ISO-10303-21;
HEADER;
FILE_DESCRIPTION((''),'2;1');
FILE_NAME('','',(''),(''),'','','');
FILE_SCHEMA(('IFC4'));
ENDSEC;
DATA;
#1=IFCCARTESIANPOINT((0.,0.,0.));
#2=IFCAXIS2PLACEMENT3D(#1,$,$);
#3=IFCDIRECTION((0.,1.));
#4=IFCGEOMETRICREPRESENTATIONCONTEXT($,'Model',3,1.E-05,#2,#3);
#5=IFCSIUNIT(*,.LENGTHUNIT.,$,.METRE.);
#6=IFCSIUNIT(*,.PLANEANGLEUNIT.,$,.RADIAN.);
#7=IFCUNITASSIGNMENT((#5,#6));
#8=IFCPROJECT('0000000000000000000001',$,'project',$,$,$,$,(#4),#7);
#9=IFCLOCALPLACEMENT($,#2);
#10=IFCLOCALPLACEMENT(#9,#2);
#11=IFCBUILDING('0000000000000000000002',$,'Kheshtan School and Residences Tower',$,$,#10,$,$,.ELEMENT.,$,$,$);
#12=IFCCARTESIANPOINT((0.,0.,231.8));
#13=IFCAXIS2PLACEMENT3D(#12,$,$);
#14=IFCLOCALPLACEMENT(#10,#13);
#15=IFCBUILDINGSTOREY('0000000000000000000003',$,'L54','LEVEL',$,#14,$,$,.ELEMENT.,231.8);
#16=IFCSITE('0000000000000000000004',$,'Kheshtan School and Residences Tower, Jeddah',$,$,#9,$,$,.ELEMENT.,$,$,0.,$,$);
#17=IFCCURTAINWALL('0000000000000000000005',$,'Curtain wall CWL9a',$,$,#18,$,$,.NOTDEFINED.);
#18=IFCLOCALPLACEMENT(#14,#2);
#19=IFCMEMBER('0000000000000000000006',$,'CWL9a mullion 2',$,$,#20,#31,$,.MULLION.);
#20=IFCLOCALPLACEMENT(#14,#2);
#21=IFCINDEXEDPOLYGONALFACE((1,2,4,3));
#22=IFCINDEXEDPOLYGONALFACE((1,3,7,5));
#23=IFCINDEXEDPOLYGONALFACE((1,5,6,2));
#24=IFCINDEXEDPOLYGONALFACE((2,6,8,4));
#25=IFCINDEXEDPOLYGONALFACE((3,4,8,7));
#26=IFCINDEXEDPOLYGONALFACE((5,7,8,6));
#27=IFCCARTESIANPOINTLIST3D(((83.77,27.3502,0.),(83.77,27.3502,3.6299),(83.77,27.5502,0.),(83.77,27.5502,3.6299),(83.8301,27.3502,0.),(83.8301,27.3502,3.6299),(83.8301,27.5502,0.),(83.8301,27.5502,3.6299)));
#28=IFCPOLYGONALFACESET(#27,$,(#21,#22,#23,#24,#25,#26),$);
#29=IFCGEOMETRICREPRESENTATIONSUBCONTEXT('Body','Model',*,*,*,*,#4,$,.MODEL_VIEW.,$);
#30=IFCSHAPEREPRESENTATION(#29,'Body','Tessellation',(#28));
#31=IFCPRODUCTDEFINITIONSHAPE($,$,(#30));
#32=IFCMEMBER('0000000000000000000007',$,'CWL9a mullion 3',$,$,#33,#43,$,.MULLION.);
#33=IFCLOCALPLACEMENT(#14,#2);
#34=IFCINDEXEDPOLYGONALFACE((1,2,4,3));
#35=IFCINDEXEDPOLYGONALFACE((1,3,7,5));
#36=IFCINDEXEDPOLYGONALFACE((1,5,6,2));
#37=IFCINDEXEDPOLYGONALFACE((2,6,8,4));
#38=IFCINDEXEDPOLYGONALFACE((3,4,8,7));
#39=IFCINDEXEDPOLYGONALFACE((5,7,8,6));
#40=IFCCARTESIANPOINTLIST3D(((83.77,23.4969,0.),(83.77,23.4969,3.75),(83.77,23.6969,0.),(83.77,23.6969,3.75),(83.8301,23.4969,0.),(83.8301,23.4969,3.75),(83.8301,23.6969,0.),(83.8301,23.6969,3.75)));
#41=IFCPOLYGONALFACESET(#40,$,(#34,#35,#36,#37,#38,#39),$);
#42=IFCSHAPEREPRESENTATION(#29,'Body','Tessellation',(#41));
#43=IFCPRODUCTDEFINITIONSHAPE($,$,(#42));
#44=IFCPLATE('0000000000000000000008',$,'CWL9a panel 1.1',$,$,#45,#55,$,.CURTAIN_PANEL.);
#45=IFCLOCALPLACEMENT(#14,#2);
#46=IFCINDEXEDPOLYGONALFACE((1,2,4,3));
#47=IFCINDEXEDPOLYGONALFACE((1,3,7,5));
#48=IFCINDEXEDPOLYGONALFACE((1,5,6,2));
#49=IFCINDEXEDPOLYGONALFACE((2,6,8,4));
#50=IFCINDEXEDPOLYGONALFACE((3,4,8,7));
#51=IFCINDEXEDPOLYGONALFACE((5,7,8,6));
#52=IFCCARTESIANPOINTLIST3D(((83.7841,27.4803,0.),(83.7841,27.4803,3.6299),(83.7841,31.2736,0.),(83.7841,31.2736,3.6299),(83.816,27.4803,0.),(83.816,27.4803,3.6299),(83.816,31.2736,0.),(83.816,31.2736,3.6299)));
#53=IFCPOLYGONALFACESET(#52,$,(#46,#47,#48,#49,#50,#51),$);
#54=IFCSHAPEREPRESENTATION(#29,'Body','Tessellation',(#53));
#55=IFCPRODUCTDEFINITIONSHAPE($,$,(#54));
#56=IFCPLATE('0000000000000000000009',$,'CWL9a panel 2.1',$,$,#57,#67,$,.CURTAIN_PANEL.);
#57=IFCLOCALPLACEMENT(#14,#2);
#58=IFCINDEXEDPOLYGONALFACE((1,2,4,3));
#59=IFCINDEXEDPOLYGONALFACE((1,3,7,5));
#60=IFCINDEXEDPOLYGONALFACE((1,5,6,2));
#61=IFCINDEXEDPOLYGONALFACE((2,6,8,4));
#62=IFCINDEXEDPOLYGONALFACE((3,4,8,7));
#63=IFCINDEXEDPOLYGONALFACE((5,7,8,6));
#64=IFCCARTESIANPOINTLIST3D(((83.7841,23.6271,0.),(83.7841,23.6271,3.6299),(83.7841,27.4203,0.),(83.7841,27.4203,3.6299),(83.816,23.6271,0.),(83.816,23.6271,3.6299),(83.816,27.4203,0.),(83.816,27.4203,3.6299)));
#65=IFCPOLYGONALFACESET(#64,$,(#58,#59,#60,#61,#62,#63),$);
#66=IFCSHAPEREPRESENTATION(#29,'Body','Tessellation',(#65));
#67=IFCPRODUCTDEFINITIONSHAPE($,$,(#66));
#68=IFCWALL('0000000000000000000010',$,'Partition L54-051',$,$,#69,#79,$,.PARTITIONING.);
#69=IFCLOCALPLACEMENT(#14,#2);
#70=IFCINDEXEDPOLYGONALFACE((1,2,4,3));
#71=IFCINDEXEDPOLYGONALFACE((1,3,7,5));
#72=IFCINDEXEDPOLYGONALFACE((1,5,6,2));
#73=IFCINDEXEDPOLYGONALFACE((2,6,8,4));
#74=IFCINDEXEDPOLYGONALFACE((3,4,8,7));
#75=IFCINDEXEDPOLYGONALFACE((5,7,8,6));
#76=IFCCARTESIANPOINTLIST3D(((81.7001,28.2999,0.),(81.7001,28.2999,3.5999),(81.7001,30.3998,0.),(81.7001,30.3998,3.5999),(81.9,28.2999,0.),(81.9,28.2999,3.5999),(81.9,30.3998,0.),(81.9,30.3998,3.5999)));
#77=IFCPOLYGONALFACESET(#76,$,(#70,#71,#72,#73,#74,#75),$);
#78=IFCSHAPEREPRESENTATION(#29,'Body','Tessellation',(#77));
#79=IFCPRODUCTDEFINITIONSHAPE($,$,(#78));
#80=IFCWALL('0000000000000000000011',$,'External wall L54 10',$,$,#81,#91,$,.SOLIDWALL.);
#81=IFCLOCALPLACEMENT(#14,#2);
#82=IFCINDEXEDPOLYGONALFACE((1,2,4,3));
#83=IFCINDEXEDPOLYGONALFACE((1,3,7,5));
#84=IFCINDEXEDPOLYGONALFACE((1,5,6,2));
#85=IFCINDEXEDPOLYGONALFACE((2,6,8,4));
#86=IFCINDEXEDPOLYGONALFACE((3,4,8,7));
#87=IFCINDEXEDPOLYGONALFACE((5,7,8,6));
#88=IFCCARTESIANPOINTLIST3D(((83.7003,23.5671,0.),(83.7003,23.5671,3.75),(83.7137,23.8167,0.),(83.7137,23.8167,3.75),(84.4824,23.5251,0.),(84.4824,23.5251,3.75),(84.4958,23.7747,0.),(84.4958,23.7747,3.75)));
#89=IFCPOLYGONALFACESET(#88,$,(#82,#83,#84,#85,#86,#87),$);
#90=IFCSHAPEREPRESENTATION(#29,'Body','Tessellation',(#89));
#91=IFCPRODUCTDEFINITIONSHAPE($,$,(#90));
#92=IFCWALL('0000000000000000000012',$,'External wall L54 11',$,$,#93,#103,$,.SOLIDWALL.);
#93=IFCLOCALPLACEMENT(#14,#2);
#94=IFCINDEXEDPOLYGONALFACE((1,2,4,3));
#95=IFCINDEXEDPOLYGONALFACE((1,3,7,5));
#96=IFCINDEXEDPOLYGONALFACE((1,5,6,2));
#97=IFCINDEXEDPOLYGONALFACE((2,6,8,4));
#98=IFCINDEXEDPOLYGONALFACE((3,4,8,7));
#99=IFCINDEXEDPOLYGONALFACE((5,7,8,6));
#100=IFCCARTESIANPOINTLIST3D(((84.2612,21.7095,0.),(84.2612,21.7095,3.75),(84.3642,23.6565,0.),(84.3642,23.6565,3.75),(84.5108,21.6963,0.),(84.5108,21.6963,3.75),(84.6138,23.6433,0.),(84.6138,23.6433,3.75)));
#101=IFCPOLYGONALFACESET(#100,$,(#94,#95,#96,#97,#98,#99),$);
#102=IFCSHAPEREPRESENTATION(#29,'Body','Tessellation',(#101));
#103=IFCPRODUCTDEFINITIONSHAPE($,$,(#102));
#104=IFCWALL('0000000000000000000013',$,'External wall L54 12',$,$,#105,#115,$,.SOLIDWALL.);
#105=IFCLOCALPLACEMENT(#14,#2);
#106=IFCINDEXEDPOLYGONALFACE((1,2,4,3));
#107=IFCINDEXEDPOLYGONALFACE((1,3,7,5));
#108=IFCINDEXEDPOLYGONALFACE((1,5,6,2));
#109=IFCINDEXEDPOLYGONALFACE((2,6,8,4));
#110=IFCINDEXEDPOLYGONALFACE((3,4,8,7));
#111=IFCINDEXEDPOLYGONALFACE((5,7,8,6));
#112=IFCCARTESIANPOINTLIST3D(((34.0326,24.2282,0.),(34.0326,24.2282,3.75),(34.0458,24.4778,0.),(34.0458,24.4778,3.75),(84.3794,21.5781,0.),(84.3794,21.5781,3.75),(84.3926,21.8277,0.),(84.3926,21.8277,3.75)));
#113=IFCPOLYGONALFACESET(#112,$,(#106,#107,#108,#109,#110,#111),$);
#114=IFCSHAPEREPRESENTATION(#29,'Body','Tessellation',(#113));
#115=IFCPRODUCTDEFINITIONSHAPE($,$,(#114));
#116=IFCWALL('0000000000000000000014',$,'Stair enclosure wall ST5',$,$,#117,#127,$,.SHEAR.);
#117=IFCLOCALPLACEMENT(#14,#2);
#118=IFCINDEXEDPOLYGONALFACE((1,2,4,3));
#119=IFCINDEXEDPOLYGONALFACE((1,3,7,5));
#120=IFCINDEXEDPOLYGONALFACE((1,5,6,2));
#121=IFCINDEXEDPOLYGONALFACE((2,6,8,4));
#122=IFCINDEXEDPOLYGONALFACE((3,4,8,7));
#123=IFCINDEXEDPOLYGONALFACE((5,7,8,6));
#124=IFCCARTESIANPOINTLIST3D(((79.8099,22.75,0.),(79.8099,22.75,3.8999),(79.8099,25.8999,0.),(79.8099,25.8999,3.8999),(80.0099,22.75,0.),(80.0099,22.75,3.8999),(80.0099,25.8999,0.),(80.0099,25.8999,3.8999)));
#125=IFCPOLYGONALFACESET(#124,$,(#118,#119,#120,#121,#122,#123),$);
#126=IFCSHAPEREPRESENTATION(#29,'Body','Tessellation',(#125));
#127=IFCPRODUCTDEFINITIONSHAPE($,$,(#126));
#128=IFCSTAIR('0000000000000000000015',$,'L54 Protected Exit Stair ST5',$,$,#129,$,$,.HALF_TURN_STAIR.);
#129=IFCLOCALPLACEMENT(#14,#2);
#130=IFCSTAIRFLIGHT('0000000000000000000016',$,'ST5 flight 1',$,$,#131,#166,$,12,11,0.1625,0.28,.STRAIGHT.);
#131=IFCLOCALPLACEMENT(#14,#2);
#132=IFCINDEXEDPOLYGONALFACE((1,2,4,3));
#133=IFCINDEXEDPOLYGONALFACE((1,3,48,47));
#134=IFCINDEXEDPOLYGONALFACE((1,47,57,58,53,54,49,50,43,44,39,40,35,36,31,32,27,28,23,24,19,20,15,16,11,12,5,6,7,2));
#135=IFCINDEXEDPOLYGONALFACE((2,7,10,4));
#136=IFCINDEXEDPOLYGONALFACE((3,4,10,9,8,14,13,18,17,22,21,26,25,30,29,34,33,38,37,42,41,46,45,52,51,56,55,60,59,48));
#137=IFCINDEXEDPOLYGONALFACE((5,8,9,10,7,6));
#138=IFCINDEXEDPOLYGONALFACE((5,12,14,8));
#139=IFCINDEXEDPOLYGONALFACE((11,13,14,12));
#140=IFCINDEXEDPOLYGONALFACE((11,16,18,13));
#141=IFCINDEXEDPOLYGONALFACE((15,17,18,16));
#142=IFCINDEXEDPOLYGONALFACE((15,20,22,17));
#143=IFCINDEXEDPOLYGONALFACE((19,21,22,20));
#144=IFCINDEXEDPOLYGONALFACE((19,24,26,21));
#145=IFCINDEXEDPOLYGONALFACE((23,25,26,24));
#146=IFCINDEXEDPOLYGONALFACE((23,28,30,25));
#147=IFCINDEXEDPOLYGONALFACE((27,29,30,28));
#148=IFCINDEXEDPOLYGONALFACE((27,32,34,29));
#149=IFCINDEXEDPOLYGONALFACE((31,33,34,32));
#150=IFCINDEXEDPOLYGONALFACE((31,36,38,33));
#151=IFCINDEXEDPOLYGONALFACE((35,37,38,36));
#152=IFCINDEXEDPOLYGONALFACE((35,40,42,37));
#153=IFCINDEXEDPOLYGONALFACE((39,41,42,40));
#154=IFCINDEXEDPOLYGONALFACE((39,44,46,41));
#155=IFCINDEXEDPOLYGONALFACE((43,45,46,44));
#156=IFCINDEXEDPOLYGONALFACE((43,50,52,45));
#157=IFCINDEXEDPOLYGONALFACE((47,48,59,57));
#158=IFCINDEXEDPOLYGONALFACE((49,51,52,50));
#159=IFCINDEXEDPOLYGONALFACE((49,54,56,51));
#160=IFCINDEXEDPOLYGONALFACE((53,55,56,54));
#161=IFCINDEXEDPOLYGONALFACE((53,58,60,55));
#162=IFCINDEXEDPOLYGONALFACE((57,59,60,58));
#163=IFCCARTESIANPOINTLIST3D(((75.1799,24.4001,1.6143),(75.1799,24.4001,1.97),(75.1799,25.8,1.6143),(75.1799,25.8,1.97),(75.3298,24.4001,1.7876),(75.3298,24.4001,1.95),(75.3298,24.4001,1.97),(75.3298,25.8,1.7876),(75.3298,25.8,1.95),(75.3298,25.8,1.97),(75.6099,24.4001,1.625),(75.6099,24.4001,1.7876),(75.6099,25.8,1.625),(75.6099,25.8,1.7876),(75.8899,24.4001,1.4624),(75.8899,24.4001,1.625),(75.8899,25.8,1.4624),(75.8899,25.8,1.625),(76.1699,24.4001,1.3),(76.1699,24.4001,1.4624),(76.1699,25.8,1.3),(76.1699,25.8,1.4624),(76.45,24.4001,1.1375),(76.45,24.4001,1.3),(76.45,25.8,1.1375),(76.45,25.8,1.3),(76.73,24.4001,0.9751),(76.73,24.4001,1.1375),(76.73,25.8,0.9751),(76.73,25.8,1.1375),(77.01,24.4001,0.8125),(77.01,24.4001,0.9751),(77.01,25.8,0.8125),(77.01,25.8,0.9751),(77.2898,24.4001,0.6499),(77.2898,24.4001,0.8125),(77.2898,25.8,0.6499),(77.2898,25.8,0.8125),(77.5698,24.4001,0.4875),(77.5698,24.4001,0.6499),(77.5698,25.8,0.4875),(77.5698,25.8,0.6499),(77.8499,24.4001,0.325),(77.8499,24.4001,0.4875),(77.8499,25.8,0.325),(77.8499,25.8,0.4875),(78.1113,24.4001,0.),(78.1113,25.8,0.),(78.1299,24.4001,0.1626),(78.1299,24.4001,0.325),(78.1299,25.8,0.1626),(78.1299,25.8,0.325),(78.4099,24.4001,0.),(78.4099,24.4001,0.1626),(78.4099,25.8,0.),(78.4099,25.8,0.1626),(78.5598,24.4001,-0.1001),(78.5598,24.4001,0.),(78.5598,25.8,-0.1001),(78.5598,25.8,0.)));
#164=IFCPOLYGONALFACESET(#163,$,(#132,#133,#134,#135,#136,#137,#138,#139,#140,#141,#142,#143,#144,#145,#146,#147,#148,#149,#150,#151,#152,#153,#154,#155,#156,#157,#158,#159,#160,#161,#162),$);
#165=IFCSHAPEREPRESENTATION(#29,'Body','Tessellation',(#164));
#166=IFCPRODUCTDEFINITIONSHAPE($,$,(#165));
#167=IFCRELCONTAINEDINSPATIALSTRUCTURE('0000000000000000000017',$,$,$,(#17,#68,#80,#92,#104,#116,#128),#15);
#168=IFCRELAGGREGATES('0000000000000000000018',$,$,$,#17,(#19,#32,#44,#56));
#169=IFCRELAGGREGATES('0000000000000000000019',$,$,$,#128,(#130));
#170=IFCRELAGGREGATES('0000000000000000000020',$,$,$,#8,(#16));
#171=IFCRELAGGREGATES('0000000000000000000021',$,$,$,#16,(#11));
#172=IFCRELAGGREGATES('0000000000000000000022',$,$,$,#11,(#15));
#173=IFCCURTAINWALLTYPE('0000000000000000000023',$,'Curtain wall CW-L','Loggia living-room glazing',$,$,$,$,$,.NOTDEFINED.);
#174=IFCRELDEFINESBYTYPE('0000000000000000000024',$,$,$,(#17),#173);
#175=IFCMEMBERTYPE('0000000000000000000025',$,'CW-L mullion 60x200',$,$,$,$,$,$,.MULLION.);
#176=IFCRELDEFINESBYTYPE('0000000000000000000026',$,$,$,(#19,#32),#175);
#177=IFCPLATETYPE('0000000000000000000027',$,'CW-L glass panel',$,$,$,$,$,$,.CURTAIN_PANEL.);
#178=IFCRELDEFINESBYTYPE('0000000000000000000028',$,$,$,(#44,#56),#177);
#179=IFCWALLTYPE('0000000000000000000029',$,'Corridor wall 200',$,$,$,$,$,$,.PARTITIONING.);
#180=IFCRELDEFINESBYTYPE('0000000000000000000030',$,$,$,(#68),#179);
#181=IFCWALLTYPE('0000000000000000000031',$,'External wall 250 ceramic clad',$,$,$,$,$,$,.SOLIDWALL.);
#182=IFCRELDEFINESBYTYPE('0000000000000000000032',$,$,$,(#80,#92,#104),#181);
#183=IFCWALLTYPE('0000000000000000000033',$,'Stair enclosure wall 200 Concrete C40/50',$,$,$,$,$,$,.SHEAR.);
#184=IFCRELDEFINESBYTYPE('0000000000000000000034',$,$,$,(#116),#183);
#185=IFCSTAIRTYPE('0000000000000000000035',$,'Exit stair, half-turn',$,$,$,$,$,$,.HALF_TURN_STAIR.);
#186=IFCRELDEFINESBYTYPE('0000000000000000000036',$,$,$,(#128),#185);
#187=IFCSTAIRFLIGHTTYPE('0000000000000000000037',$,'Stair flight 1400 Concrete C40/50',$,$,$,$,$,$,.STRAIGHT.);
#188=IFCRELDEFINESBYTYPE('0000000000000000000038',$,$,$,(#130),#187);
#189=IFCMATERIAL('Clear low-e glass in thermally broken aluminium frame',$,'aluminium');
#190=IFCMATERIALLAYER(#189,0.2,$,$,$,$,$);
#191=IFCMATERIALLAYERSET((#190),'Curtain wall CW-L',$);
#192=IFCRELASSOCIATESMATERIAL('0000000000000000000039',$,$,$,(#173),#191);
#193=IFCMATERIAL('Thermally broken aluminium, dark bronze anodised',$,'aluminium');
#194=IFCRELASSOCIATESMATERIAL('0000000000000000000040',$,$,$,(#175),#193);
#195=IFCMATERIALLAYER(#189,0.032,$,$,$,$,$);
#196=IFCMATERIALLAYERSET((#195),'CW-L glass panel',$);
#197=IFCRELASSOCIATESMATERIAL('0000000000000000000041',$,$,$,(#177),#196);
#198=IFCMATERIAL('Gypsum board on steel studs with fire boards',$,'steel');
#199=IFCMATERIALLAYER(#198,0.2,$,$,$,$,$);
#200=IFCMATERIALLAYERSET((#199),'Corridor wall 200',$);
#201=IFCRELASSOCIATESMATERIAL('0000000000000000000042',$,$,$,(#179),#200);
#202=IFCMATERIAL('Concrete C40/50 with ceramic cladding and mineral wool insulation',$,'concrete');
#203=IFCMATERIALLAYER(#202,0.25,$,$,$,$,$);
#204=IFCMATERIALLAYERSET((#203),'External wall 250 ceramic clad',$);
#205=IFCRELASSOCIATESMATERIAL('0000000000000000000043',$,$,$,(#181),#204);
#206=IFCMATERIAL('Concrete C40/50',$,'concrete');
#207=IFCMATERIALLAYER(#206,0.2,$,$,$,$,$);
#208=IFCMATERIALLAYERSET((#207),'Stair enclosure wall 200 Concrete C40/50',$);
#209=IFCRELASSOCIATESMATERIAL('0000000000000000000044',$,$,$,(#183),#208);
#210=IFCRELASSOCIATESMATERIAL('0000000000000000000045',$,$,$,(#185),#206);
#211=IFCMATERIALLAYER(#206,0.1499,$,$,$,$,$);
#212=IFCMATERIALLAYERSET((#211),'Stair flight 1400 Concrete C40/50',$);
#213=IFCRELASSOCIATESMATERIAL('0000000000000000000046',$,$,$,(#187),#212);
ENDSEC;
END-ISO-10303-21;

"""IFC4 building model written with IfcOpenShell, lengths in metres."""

from ifc_helpers import new_model, si_unit, direction, frame, frame_2d, origin, origin_2d, place, context, subcontext, project, spatial, polyline, rectangle, outline, extrude, material, layer, layer_set, material_profile, profile_set, type_object, element, aggregate, save


model = new_model("IFC4")

# Units and contexts
model_context = context("Model", 3, precision=1e-05, world=origin(), true_north=direction((0.0, 1.0)))
body_context = subcontext(model_context, "Body", "Model", "MODEL_VIEW")
ifc_project = project(units=[si_unit("LENGTHUNIT", "METRE"), si_unit("PLANEANGLEUNIT", "RADIAN")], contexts=[model_context])

# Site, building, storey
site_placement = place(None, origin())
site = spatial("IfcSite", under=ifc_project, at=site_placement, Name="Kheshtan School and Residences Tower, Jeddah", CompositionType="ELEMENT", RefElevation=0.0)
building_placement = place(site_placement, origin())
building = spatial("IfcBuilding", under=site, at=building_placement, Name="Kheshtan School and Residences Tower", CompositionType="ELEMENT")
storey_placement = place(building_placement, frame((0.0, 0.0, 231.8)))
storey = spatial("IfcBuildingStorey", under=building, at=storey_placement, Name="L54", Description="LEVEL", CompositionType="ELEMENT", Elevation=231.8)

# Curtain wall, members, plates
ifc_material_1 = material(Name="Clear low-e glass in thermally broken aluminium frame", Category="aluminium")
ifc_layer_1 = layer(ifc_material_1, 0.2)
ifc_layer_set_1 = layer_set([ifc_layer_1], Name="Curtain wall CW-L")
curtain_wall_type = type_object("IfcCurtainWallType", Name="Curtain wall CW-L", Description="Loggia living-room glazing", PredefinedType="NOTDEFINED", material=ifc_layer_set_1)
curtain_wall_placement = place(storey_placement, origin())
curtain_wall = element("IfcCurtainWall", 1, at=curtain_wall_placement, inside=storey, type_object=curtain_wall_type, Name="Curtain wall CWL9a", PredefinedType="NOTDEFINED")
ifc_material_2 = material(Name="Thermally broken aluminium, dark bronze anodised", Category="aluminium")
ifc_material_profile_1 = material_profile(ifc_material_2, rectangle(XDim=0.0601, YDim=0.2, at=origin_2d()), Name="CW-L mullion 60x200")
ifc_profile_set_1 = profile_set([ifc_material_profile_1], Name="Thermally broken aluminium, dark bronze anodised")
member_type = type_object("IfcMemberType", Name="CW-L mullion 60x200", PredefinedType="MULLION", material=ifc_profile_set_1)
member_1_placement = place(storey_placement, frame((83.8, 27.4502, 0.0), z_axis=(0.0, 0.0, 1.0), x_axis=(1.0, 0.0, 0.0)))
member_1 = element("IfcMember", 2, at=member_1_placement, type_object=member_type, Name="CWL9a mullion 2", PredefinedType="MULLION", context=body_context, shape_type="SweptSolid", body=[
    extrude(rectangle(XDim=0.0601, YDim=0.2, at=origin_2d()), origin(), (0.0, 0.0, 1.0), 3.6299),
])
member_2_placement = place(storey_placement, frame((83.8, 23.5969, 0.0), z_axis=(0.0, 0.0, 1.0), x_axis=(1.0, 0.0, 0.0)))
member_2 = element("IfcMember", 3, at=member_2_placement, type_object=member_type, Name="CWL9a mullion 3", PredefinedType="MULLION", context=body_context, shape_type="SweptSolid", body=[
    extrude(rectangle(XDim=0.0601, YDim=0.2, at=origin_2d()), origin(), (0.0, 0.0, 1.0), 3.75),
])
ifc_layer_2 = layer(ifc_material_1, 0.032)
ifc_layer_set_2 = layer_set([ifc_layer_2], Name="CW-L glass panel")
plate_type = type_object("IfcPlateType", Name="CW-L glass panel", PredefinedType="CURTAIN_PANEL", material=ifc_layer_set_2)
plate_1_placement = place(storey_placement, frame((83.8, 29.377, 0.0), z_axis=(0.0, 0.0, 1.0), x_axis=(0.0, -1.0, 0.0)))
plate_1 = element("IfcPlate", 4, at=plate_1_placement, type_object=plate_type, Name="CWL9a panel 1.1", PredefinedType="CURTAIN_PANEL", context=body_context, shape_type="SweptSolid", body=[
    extrude(rectangle(XDim=3.7932, YDim=0.032, at=origin_2d()), origin(), (0.0, 0.0, 1.0), 3.6299),
])
plate_2_placement = place(storey_placement, frame((83.8, 25.5237, 0.0), z_axis=(0.0, 0.0, 1.0), x_axis=(0.0, -1.0, 0.0)))
plate_2 = element("IfcPlate", 5, at=plate_2_placement, type_object=plate_type, Name="CWL9a panel 2.1", PredefinedType="CURTAIN_PANEL", context=body_context, shape_type="SweptSolid", body=[
    extrude(rectangle(XDim=3.7932, YDim=0.032, at=origin_2d()), origin(), (0.0, 0.0, 1.0), 3.6299),
])
aggregate(curtain_wall, [member_1, member_2, plate_1, plate_2])

# Walls
ifc_material_3 = material(Name="Gypsum board on steel studs with fire boards", Category="steel")
ifc_layer_3 = layer(ifc_material_3, 0.2)
ifc_layer_set_3 = layer_set([ifc_layer_3], Name="Corridor wall 200")
wall_type_1 = type_object("IfcWallType", Name="Corridor wall 200", PredefinedType="PARTITIONING", material=ifc_layer_set_3)
wall_1_placement = place(storey_placement, frame((81.8, 28.3, 0.0), z_axis=(0.0, 0.0, 1.0), x_axis=(0.0, 1.0, 0.0)))
element("IfcWall", 6, at=wall_1_placement, inside=storey, type_object=wall_type_1, Name="Partition L54-051", PredefinedType="PARTITIONING", context=body_context, shape_type="SweptSolid", body=[
    extrude(rectangle(XDim=2.0999, YDim=0.2, at=frame_2d((1.0498, 0.0))), origin(), (0.0, 0.0, 1.0), 3.5999),
])
ifc_material_4 = material(Name="Concrete C40/50 with ceramic cladding and mineral wool insulation", Category="concrete")
ifc_layer_4 = layer(ifc_material_4, 0.25)
ifc_layer_set_4 = layer_set([ifc_layer_4], Name="External wall 250 ceramic clad")
wall_type_2 = type_object("IfcWallType", Name="External wall 250 ceramic clad", PredefinedType="SOLIDWALL", material=ifc_layer_set_4)
wall_2_placement = place(storey_placement, frame((83.707, 23.6919, 0.0), z_axis=(0.0, 0.0, 1.0), x_axis=(0.998561, -0.053622, 0.0)))
element("IfcWall", 7, at=wall_2_placement, inside=storey, type_object=wall_type_2, Name="External wall L54 10", PredefinedType="SOLIDWALL", context=body_context, shape_type="SweptSolid", body=[
    extrude(rectangle(XDim=0.7832, YDim=0.25, at=frame_2d((0.3916, 0.0))), origin(), (0.0, 0.0, 1.0), 3.75),
])
wall_3_placement = place(storey_placement, frame((84.489, 23.6499, 0.0), z_axis=(0.0, 0.0, 1.0), x_axis=(-0.052841, -0.998603, 0.0)))
element("IfcWall", 8, at=wall_3_placement, inside=storey, type_object=wall_type_2, Name="External wall L54 11", PredefinedType="SOLIDWALL", context=body_context, shape_type="SweptSolid", body=[
    extrude(rectangle(XDim=1.9497, YDim=0.25, at=frame_2d((0.9749, 0.0))), origin(), (0.0, 0.0, 1.0), 3.75),
])
wall_4_placement = place(storey_placement, frame((84.386, 21.7029, 0.0), z_axis=(0.0, 0.0, 1.0), x_axis=(-0.998618, 0.052565, 0.0)))
element("IfcWall", 9, at=wall_4_placement, inside=storey, type_object=wall_type_2, Name="External wall L54 12", PredefinedType="SOLIDWALL", context=body_context, shape_type="SweptSolid", body=[
    extrude(rectangle(XDim=50.4165, YDim=0.25, at=frame_2d((25.2083, 0.0))), origin(), (0.0, 0.0, 1.0), 3.75),
])
ifc_material_5 = material(Name="Concrete C40/50", Category="concrete")
ifc_layer_5 = layer(ifc_material_5, 0.2)
ifc_layer_set_5 = layer_set([ifc_layer_5], Name="Stair enclosure wall 200 Concrete C40/50")
wall_type_3 = type_object("IfcWallType", Name="Stair enclosure wall 200 Concrete C40/50", PredefinedType="SHEAR", material=ifc_layer_set_5)
wall_5_placement = place(storey_placement, frame((79.9099, 22.75, 0.0), z_axis=(0.0, 0.0, 1.0), x_axis=(0.0, 1.0, 0.0)))
element("IfcWall", 10, at=wall_5_placement, inside=storey, type_object=wall_type_3, Name="Stair enclosure wall ST5", PredefinedType="SHEAR", context=body_context, shape_type="SweptSolid", body=[
    extrude(rectangle(XDim=3.1499, YDim=0.2, at=frame_2d((1.575, 0.0))), origin(), (0.0, 0.0, 1.0), 3.8999),
])

# Stair, stair flight
stair_type = type_object("IfcStairType", Name="Exit stair, half-turn", PredefinedType="HALF_TURN_STAIR", material=ifc_material_5)
stair_placement = place(storey_placement, origin())
stair = element("IfcStair", 11, at=stair_placement, inside=storey, type_object=stair_type, Name="L54 Protected Exit Stair ST5", PredefinedType="HALF_TURN_STAIR")
ifc_layer_6 = layer(ifc_material_5, 0.1499)
ifc_layer_set_6 = layer_set([ifc_layer_6], Name="Stair flight 1400 Concrete C40/50")
stair_flight_type = type_object("IfcStairFlightType", Name="Stair flight 1400 Concrete C40/50", PredefinedType="STRAIGHT", material=ifc_layer_set_6)
stair_flight_1_placement = place(storey_placement, frame((78.4099, 25.1001, 0.0), z_axis=(0.0, 0.0, 1.0), x_axis=(-1.0, 0.0, 0.0)))
stair_flight_1 = element("IfcStairFlight", 12, at=stair_flight_1_placement, type_object=stair_flight_type, Name="ST5 flight 1", NumberOfRisers=12, NumberOfTreads=11, PredefinedType="STRAIGHT", RiserHeight=0.1625, TreadLength=0.28, context=body_context, shape_type="SweptSolid", body=[
    extrude(outline(polyline([(-0.1499, -0.1001), (-0.1499, 0.0), (0.0, 0.0), (0.0, 0.1626), (0.28, 0.1626), (0.28, 0.325), (0.5601, 0.325), (0.5601, 0.4875), (0.8401, 0.4875), (0.8401, 0.6499), (1.1201, 0.6499), (1.1201, 0.8125), (1.3999, 0.8125), (1.3999, 0.9751), (1.6799, 0.9751), (1.6799, 1.1375), (1.96, 1.1375), (1.96, 1.3), (2.24, 1.3), (2.24, 1.4624), (2.52, 1.4624), (2.52, 1.625), (2.8, 1.625), (2.8, 1.7876), (3.0801, 1.7876), (3.0801, 1.95), (3.0801, 1.97), (3.23, 1.97), (3.23, 1.6143), (0.2986, 0.0), (-0.1499, -0.1001)])), frame((0.0, 0.7, 0.0), z_axis=(0.0, -1.0, 0.0), x_axis=(1.0, 0.0, 0.0)), (0.0, 0.0, 1.0), 1.3999),
])
aggregate(stair, [stair_flight_1])

save(model, "model.ifc")
